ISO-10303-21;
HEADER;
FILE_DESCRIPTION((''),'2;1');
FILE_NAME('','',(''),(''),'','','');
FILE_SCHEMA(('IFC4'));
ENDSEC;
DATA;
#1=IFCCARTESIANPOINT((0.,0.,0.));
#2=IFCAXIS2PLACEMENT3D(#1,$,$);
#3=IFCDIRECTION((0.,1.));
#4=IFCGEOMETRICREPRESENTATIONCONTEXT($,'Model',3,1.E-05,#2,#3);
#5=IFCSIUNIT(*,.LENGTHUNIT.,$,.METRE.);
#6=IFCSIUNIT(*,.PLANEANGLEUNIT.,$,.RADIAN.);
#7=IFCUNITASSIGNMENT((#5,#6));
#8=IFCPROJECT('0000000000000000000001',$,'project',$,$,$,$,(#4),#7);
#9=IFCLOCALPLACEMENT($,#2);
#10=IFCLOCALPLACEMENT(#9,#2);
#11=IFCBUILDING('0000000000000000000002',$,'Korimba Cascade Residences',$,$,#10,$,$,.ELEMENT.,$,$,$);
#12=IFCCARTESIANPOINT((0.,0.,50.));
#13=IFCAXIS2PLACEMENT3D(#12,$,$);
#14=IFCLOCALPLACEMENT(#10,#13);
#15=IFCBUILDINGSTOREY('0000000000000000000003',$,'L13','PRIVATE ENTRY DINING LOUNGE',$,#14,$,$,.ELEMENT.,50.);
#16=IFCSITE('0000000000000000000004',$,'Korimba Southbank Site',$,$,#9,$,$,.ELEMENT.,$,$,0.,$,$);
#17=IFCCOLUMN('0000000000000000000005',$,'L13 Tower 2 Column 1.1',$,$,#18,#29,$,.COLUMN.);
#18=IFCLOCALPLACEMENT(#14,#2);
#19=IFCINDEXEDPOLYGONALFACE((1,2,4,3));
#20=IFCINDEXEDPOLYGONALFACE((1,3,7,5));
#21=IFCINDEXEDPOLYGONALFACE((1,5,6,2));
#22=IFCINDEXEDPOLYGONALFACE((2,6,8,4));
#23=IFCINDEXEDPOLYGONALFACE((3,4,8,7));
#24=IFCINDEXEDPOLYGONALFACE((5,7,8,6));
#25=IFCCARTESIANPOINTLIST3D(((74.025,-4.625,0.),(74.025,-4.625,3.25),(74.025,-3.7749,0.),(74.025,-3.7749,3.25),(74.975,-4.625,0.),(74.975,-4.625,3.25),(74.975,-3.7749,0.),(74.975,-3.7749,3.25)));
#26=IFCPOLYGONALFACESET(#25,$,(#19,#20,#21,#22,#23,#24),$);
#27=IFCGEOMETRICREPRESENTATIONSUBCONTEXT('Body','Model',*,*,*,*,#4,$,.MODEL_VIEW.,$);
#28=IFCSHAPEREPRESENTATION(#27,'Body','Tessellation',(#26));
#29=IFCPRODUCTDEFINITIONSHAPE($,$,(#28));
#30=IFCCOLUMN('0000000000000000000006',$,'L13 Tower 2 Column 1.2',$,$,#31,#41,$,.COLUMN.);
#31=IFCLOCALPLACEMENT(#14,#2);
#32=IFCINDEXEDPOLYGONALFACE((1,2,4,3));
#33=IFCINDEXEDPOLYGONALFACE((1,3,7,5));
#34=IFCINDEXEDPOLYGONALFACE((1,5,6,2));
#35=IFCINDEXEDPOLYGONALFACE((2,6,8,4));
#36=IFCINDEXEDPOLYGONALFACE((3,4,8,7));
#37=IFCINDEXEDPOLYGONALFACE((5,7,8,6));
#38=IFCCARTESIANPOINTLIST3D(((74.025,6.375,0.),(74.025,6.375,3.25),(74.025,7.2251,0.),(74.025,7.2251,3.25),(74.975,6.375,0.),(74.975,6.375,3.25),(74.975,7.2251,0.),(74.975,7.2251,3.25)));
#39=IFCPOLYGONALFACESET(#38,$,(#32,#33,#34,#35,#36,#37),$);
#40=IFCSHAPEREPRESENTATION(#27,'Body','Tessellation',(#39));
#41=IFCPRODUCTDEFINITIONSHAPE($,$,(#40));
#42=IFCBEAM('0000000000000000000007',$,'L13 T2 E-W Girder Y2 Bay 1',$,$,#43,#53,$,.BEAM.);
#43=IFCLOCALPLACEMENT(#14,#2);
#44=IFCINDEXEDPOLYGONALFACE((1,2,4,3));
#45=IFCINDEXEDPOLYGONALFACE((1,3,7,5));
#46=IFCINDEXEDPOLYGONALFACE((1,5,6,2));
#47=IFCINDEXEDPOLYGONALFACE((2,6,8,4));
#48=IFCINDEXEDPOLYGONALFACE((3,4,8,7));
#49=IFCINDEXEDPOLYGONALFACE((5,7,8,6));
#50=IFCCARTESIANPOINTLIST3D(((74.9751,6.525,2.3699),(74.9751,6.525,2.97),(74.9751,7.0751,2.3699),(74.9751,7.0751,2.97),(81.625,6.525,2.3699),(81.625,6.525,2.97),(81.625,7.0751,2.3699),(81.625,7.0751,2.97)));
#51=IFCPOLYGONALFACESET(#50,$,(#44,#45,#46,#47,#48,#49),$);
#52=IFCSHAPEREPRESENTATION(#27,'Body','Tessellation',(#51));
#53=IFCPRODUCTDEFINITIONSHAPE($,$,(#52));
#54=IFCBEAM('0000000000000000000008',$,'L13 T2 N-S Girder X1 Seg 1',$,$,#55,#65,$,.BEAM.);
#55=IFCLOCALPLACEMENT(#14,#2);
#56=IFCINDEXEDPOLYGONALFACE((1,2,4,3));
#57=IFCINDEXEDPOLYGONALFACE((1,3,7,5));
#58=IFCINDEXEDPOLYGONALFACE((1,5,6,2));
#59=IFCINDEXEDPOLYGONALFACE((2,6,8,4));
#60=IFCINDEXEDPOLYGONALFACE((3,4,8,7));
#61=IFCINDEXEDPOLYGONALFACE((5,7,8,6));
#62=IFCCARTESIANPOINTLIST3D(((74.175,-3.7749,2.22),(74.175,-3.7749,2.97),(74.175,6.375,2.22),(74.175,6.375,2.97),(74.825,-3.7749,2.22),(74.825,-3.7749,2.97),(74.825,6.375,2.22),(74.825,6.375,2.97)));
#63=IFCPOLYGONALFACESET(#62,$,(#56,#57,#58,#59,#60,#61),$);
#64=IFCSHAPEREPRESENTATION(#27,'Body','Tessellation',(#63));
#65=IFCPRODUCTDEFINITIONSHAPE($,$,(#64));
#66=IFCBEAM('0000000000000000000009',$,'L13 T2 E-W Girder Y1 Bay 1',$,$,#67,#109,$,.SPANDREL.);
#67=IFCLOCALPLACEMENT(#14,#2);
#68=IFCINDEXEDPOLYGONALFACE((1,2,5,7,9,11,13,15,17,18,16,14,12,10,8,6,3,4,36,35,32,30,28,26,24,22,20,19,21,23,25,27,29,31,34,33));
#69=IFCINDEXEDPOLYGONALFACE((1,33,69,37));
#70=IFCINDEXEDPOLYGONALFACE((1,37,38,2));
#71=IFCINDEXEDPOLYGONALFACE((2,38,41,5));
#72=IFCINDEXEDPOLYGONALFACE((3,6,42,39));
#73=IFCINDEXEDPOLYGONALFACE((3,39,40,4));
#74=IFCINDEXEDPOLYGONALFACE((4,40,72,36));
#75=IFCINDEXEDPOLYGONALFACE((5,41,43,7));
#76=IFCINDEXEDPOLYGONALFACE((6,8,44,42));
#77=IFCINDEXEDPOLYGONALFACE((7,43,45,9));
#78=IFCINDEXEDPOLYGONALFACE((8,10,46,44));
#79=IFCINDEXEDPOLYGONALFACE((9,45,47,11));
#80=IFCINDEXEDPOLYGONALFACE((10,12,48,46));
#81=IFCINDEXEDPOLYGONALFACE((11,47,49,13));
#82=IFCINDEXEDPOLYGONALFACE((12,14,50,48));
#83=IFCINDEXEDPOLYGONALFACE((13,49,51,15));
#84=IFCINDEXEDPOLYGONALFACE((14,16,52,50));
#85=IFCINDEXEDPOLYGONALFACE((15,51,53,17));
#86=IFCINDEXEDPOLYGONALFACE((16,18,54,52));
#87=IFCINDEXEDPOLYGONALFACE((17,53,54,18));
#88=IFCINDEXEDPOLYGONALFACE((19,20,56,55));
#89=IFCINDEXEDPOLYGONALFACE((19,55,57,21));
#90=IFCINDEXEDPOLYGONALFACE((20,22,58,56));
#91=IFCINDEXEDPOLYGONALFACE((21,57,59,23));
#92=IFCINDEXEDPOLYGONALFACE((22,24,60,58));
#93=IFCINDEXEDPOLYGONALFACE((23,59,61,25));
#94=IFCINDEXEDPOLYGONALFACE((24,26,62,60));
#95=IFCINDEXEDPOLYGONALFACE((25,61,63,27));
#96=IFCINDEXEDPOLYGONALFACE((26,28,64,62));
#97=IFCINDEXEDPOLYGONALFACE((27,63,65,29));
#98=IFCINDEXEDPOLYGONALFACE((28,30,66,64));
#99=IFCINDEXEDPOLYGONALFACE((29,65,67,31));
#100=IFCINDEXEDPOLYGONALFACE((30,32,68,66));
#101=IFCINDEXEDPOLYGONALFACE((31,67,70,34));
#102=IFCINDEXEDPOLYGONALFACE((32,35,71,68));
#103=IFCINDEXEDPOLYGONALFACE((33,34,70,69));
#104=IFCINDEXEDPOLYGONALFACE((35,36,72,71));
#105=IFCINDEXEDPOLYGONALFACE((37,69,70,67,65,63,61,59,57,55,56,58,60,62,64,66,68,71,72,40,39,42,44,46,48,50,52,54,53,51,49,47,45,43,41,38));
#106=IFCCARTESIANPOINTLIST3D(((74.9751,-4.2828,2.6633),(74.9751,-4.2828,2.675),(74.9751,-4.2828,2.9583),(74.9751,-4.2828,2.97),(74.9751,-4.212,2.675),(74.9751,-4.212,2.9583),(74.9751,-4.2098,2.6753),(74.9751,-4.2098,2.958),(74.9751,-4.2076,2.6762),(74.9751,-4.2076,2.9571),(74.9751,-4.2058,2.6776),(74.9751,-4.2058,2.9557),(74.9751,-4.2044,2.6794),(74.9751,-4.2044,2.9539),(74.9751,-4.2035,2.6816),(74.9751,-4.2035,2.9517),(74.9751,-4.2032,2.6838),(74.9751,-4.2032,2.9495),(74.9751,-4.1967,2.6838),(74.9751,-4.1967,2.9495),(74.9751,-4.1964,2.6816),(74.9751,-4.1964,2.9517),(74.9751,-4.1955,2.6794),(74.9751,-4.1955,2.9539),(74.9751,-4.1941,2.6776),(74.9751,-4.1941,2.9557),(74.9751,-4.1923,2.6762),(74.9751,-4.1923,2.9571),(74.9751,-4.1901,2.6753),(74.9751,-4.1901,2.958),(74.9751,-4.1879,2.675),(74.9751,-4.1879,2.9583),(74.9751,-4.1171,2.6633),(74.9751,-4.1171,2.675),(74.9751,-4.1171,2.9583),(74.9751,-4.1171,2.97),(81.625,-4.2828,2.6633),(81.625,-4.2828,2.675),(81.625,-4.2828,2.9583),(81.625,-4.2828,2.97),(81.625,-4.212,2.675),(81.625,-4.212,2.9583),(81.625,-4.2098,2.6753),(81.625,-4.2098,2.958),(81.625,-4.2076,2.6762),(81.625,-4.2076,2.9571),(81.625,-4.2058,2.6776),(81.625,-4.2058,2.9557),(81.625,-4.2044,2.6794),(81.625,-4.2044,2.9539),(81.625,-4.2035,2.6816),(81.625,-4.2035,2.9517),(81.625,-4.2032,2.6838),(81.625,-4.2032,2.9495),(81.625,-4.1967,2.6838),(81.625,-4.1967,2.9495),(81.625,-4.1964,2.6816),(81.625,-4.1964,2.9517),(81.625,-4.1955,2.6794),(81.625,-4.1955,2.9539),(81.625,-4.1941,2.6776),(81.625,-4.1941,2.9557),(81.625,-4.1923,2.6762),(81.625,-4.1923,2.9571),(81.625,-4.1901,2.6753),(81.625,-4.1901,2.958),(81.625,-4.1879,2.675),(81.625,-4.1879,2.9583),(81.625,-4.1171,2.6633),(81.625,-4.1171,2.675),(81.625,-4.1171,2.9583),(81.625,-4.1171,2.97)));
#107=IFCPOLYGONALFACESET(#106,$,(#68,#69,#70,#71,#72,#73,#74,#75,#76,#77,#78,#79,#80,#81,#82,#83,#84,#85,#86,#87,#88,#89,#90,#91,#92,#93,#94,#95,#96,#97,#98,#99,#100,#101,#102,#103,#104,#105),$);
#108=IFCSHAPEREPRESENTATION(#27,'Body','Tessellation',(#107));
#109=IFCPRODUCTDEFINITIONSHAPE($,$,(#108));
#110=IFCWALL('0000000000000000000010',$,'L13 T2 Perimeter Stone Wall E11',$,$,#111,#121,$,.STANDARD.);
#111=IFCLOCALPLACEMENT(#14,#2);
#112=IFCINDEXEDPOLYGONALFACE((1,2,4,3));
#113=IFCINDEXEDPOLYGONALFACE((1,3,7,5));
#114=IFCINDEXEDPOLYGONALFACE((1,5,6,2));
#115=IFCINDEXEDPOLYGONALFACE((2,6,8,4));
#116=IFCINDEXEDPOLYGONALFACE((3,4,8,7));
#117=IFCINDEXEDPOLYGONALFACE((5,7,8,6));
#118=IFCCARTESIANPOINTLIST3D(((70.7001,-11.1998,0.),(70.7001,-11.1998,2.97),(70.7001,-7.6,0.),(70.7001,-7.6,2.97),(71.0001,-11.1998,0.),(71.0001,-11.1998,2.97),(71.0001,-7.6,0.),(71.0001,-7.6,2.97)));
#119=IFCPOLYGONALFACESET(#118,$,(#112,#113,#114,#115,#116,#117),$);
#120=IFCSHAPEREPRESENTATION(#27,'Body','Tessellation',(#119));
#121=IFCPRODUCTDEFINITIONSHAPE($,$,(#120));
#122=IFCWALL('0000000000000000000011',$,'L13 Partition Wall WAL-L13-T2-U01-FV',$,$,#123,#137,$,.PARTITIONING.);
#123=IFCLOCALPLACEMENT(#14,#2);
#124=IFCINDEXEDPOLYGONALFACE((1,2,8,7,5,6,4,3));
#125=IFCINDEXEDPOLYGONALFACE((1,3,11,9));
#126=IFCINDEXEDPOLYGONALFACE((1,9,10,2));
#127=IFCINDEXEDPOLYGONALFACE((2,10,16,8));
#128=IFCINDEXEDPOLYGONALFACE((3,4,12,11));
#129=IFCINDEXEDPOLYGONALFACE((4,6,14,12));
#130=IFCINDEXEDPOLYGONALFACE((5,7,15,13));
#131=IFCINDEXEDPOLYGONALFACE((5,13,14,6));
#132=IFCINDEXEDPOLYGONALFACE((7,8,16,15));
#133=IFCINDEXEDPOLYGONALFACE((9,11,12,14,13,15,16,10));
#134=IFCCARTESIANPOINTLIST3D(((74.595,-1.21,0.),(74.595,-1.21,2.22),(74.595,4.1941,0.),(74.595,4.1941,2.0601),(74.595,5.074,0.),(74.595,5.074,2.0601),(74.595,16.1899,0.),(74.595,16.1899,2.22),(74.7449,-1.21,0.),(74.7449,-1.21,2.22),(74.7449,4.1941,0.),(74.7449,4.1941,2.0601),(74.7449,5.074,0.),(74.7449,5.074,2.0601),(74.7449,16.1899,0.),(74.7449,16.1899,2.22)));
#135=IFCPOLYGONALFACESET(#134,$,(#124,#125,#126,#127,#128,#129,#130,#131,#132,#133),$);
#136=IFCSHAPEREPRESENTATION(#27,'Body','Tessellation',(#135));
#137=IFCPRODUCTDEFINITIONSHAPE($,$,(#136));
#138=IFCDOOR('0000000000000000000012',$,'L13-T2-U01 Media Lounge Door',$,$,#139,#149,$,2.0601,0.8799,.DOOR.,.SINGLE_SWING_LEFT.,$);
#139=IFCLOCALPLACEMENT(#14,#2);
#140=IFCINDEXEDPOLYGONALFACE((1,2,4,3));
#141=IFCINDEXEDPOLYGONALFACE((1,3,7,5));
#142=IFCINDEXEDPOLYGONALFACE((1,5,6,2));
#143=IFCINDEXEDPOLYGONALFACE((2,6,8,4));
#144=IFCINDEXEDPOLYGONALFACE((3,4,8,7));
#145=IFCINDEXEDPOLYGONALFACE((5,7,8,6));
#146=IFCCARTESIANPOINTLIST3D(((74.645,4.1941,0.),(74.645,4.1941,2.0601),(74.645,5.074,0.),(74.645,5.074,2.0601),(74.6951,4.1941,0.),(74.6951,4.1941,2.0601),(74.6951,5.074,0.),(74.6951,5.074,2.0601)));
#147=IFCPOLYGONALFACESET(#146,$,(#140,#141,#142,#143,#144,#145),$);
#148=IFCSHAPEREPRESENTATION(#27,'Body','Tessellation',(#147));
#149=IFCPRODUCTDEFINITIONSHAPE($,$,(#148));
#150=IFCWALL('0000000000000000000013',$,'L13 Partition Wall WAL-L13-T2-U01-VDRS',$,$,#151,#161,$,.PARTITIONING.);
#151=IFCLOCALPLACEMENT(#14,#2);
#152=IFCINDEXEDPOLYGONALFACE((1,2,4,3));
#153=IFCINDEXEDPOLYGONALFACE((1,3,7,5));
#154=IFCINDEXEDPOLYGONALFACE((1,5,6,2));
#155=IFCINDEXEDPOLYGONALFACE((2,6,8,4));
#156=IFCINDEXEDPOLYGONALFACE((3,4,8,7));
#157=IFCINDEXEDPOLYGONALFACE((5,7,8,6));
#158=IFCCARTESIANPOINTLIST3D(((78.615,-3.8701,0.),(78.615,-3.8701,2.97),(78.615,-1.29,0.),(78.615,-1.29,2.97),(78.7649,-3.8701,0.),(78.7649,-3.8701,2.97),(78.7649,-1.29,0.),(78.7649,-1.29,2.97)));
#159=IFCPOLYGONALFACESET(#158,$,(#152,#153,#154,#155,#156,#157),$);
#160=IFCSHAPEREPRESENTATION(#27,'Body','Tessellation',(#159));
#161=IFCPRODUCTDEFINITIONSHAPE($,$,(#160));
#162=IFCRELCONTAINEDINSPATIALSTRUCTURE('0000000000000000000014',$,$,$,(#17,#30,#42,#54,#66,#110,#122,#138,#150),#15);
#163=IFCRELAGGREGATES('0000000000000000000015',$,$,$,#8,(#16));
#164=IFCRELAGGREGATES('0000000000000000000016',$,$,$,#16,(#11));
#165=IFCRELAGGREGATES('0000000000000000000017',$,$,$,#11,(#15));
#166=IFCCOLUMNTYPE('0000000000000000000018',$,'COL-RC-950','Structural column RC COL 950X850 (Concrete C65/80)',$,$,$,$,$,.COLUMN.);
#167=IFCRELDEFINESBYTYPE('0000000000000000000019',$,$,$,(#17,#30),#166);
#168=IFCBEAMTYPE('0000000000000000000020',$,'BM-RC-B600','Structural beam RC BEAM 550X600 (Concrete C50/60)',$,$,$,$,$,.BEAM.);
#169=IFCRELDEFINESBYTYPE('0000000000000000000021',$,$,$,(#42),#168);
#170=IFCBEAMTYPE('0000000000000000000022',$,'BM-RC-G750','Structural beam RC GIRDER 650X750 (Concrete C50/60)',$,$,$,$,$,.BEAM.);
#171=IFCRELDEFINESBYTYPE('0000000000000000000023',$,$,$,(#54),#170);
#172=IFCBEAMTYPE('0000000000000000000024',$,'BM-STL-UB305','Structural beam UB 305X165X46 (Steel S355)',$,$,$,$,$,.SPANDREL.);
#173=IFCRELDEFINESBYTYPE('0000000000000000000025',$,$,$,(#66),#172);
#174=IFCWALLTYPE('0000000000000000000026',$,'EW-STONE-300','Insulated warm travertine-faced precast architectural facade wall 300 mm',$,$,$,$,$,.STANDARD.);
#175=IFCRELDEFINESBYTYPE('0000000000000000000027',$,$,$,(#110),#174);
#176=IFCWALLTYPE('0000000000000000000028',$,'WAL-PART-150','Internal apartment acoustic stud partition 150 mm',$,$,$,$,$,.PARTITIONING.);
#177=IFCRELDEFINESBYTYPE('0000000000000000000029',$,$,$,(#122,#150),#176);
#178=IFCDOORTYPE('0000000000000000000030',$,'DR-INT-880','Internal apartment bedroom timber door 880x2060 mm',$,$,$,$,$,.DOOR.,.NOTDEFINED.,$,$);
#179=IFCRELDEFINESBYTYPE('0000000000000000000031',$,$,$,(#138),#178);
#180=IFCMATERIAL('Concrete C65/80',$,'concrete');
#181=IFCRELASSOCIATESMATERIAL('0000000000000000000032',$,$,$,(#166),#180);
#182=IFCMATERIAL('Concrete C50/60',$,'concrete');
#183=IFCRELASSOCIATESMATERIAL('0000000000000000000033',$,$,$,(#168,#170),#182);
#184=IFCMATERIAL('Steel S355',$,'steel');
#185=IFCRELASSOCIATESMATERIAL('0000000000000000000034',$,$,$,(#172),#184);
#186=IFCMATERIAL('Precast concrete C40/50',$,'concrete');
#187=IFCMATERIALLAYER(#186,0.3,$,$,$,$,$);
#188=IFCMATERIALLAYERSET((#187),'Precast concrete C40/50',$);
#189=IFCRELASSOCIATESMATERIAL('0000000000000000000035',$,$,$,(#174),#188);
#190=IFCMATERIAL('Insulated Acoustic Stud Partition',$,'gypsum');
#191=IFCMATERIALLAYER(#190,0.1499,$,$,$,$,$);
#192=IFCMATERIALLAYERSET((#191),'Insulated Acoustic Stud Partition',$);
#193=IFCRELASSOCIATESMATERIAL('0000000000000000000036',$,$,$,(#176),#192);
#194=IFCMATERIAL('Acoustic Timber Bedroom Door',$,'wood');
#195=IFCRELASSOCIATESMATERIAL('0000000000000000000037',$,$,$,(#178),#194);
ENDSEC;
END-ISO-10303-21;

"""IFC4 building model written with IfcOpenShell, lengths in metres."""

from ifc_helpers import new_model, si_unit, direction, frame, frame_2d, origin, origin_2d, place, context, subcontext, project, spatial, rectangle, i_section, extrude, material, layer, layer_set, material_profile, profile_set, type_object, element, fill, save


model = new_model("IFC4")

# Units and contexts
model_context = context("Model", 3, precision=1e-05, world=origin(), true_north=direction((0.0, 1.0)))
body_context = subcontext(model_context, "Body", "Model", "MODEL_VIEW")
ifc_project = project(units=[si_unit("LENGTHUNIT", "METRE"), si_unit("PLANEANGLEUNIT", "RADIAN")], contexts=[model_context])

# Site, building, storey
site_placement = place(None, origin())
site = spatial("IfcSite", under=ifc_project, at=site_placement, Name="Korimba Southbank Site", CompositionType="ELEMENT", RefElevation=0.0)
building_placement = place(site_placement, origin())
building = spatial("IfcBuilding", under=site, at=building_placement, Name="Korimba Cascade Residences", CompositionType="ELEMENT")
storey_placement = place(building_placement, frame((0.0, 0.0, 50.0)))
storey = spatial("IfcBuildingStorey", under=building, at=storey_placement, Name="L13", Description="PRIVATE ENTRY DINING LOUNGE", CompositionType="ELEMENT", Elevation=50.0)

# Columns
ifc_material_1 = material(Name="Concrete C65/80", Category="concrete")
ifc_material_profile_1 = material_profile(ifc_material_1, rectangle(XDim=0.95, YDim=0.8501, at=origin_2d()), Name="Concrete C65/80")
ifc_profile_set_1 = profile_set([ifc_material_profile_1], Name="Concrete C65/80")
column_type = type_object("IfcColumnType", Name="COL-RC-950", Description="Structural column RC COL 950X850 (Concrete C65/80)", PredefinedType="COLUMN", material=ifc_profile_set_1)
for number, where, z_axis, x_axis, name in (
    (1, (74.5, -4.2, 0.0), (0.0, 0.0, 1.0), (1.0, 0.0, 0.0), "L13 Tower 2 Column 1.1"),
    (2, (74.5, 6.8, 0.0), (0.0, 0.0, 1.0), (1.0, 0.0, 0.0), "L13 Tower 2 Column 1.2"),
):
    element("IfcColumn", number, at=place(storey_placement, frame(where, z_axis=z_axis, x_axis=x_axis)), inside=storey, type_object=column_type, Name=name, PredefinedType="COLUMN", context=body_context, shape_type="SweptSolid", body=[
        extrude(rectangle(XDim=0.95, YDim=0.8501, at=origin_2d()), origin(), (0.0, 0.0, 1.0), 3.25),
    ])

# Beams
ifc_material_2 = material(Name="Concrete C50/60", Category="concrete")
ifc_material_profile_2 = material_profile(ifc_material_2, rectangle(XDim=0.55, YDim=0.6001, at=origin_2d()), Name="Concrete C50/60")
ifc_profile_set_2 = profile_set([ifc_material_profile_2], Name="Concrete C50/60")
beam_type_1 = type_object("IfcBeamType", Name="BM-RC-B600", Description="Structural beam RC BEAM 550X600 (Concrete C50/60)", PredefinedType="BEAM", material=ifc_profile_set_2)
beam_1_placement = place(storey_placement, frame((74.9751, 6.8, 2.6699), z_axis=(1.0, 0.0, 0.0), x_axis=(0.0, 1.0, 0.0)))
element("IfcBeam", 3, at=beam_1_placement, inside=storey, type_object=beam_type_1, Name="L13 T2 E-W Girder Y2 Bay 1", PredefinedType="BEAM", context=body_context, shape_type="SweptSolid", body=[
    extrude(rectangle(XDim=0.55, YDim=0.6001, at=origin_2d()), origin(), (0.0, 0.0, 1.0), 6.6499),
])
ifc_material_profile_3 = material_profile(ifc_material_2, rectangle(XDim=0.6499, YDim=0.75, at=origin_2d()), Name="Concrete C50/60")
ifc_profile_set_3 = profile_set([ifc_material_profile_3], Name="Concrete C50/60")
beam_type_2 = type_object("IfcBeamType", Name="BM-RC-G750", Description="Structural beam RC GIRDER 650X750 (Concrete C50/60)", PredefinedType="BEAM", material=ifc_profile_set_3)
beam_2_placement = place(storey_placement, frame((74.5, -3.7749, 2.595), z_axis=(0.0, 1.0, 0.0), x_axis=(-1.0, 0.0, 0.0)))
element("IfcBeam", 4, at=beam_2_placement, inside=storey, type_object=beam_type_2, Name="L13 T2 N-S Girder X1 Seg 1", PredefinedType="BEAM", context=body_context, shape_type="SweptSolid", body=[
    extrude(rectangle(XDim=0.6499, YDim=0.75, at=origin_2d()), origin(), (0.0, 0.0, 1.0), 10.1499),
])
ifc_material_3 = material(Name="Steel S355", Category="steel")
ifc_material_profile_4 = material_profile(ifc_material_3, i_section(OverallWidth=0.1658, OverallDepth=0.3066, WebThickness=0.0066, FlangeThickness=0.0117, FilletRadius=0.0088, at=origin_2d()), Name="Steel S355")
ifc_profile_set_4 = profile_set([ifc_material_profile_4], Name="Steel S355")
beam_type_3 = type_object("IfcBeamType", Name="BM-STL-UB305", Description="Structural beam UB 305X165X46 (Steel S355)", PredefinedType="SPANDREL", material=ifc_profile_set_4)
beam_3_placement = place(storey_placement, frame((74.9751, -4.2, 2.8167), z_axis=(1.0, 0.0, 0.0), x_axis=(0.0, 1.0, 0.0)))
element("IfcBeam", 5, at=beam_3_placement, inside=storey, type_object=beam_type_3, Name="L13 T2 E-W Girder Y1 Bay 1", PredefinedType="SPANDREL", context=body_context, shape_type="SweptSolid", body=[
    extrude(i_section(OverallWidth=0.1658, OverallDepth=0.3066, WebThickness=0.0066, FlangeThickness=0.0117, FilletRadius=0.0088, at=origin_2d()), origin(), (0.0, 0.0, 1.0), 6.6499),
])

# Wall
ifc_material_4 = material(Name="Precast concrete C40/50", Category="concrete")
ifc_layer_1 = layer(ifc_material_4, 0.3)
ifc_layer_set_1 = layer_set([ifc_layer_1], Name="Precast concrete C40/50")
wall_type_1 = type_object("IfcWallType", Name="EW-STONE-300", Description="Insulated warm travertine-faced precast architectural facade wall 300 mm", PredefinedType="STANDARD", material=ifc_layer_set_1)
wall_1_placement = place(storey_placement, frame((70.8501, -7.6001, 0.0), z_axis=(0.0, 0.0, 1.0), x_axis=(0.0, -1.0, 0.0)))
element("IfcWall", 6, at=wall_1_placement, inside=storey, type_object=wall_type_1, Name="L13 T2 Perimeter Stone Wall E11", PredefinedType="STANDARD", context=body_context, shape_type="SweptSolid", body=[
    extrude(rectangle(XDim=3.5999, YDim=0.3, at=frame_2d((1.7998, 0.0))), origin(), (0.0, 0.0, 1.0), 2.97),
])

# Wall, opening, door
ifc_material_5 = material(Name="Insulated Acoustic Stud Partition", Category="gypsum")
ifc_layer_2 = layer(ifc_material_5, 0.1499)
ifc_layer_set_2 = layer_set([ifc_layer_2], Name="Insulated Acoustic Stud Partition")
wall_type_2 = type_object("IfcWallType", Name="WAL-PART-150", Description="Internal apartment acoustic stud partition 150 mm", PredefinedType="PARTITIONING", material=ifc_layer_set_2)
wall_2_placement = place(storey_placement, frame((74.6699, -1.21, 0.0), z_axis=(0.0, 0.0, 1.0), x_axis=(0.0, 1.0, 0.0)))
wall_2 = element("IfcWall", 7, at=wall_2_placement, inside=storey, type_object=wall_type_2, Name="L13 Partition Wall WAL-L13-T2-U01-FV", PredefinedType="PARTITIONING", context=body_context, shape_type="SweptSolid", body=[
    extrude(rectangle(XDim=17.3999, YDim=0.1499, at=frame_2d((8.7, 0.0))), origin(), (0.0, 0.0, 1.0), 2.22),
])
opening_1_placement = place(wall_2_placement, frame((5.4041, 0.0, 0.0)))
opening_1 = element("IfcOpeningElement", 8, at=opening_1_placement, cuts=wall_2, PredefinedType="OPENING", context=body_context, shape_type="SweptSolid", body=[
    extrude(rectangle(XDim=0.8799, YDim=2.0601, at=frame_2d((0.4399, 1.03))), frame((0.0, 0.085, 0.0), z_axis=(0.0, -1.0, 0.0), x_axis=(1.0, 0.0, 0.0)), (0.0, 0.0, 1.0), 0.1699),
])
ifc_material_6 = material(Name="Acoustic Timber Bedroom Door", Category="wood")
door_type_1 = type_object("IfcDoorType", Name="DR-INT-880", Description="Internal apartment bedroom timber door 880x2060 mm", OperationType="NOTDEFINED", PredefinedType="DOOR", material=ifc_material_6)
door_1_placement = place(opening_1_placement, origin())
door_1 = element("IfcDoor", 9, at=door_1_placement, inside=storey, type_object=door_type_1, Name="L13-T2-U01 Media Lounge Door", OperationType="SINGLE_SWING_LEFT", OverallHeight=2.0601, OverallWidth=0.8799, PredefinedType="DOOR", context=body_context, shape_type="SweptSolid", body=[
    extrude(rectangle(XDim=0.8799, YDim=2.0601, at=frame_2d((0.4399, 1.03))), frame((0.0, 0.0249, 0.0), z_axis=(0.0, -1.0, 0.0), x_axis=(1.0, 0.0, 0.0)), (0.0, 0.0, 1.0), 0.05),
])
fill(opening_1, door_1)

# Wall
wall_3_placement = place(storey_placement, frame((78.6899, -3.8701, 0.0), z_axis=(0.0, 0.0, 1.0), x_axis=(0.0, 1.0, 0.0)))
element("IfcWall", 10, at=wall_3_placement, inside=storey, type_object=wall_type_2, Name="L13 Partition Wall WAL-L13-T2-U01-VDRS", PredefinedType="PARTITIONING", context=body_context, shape_type="SweptSolid", body=[
    extrude(rectangle(XDim=2.5801, YDim=0.1499, at=frame_2d((1.29, 0.0))), origin(), (0.0, 0.0, 1.0), 2.97),
])

save(model, "model.ifc")
